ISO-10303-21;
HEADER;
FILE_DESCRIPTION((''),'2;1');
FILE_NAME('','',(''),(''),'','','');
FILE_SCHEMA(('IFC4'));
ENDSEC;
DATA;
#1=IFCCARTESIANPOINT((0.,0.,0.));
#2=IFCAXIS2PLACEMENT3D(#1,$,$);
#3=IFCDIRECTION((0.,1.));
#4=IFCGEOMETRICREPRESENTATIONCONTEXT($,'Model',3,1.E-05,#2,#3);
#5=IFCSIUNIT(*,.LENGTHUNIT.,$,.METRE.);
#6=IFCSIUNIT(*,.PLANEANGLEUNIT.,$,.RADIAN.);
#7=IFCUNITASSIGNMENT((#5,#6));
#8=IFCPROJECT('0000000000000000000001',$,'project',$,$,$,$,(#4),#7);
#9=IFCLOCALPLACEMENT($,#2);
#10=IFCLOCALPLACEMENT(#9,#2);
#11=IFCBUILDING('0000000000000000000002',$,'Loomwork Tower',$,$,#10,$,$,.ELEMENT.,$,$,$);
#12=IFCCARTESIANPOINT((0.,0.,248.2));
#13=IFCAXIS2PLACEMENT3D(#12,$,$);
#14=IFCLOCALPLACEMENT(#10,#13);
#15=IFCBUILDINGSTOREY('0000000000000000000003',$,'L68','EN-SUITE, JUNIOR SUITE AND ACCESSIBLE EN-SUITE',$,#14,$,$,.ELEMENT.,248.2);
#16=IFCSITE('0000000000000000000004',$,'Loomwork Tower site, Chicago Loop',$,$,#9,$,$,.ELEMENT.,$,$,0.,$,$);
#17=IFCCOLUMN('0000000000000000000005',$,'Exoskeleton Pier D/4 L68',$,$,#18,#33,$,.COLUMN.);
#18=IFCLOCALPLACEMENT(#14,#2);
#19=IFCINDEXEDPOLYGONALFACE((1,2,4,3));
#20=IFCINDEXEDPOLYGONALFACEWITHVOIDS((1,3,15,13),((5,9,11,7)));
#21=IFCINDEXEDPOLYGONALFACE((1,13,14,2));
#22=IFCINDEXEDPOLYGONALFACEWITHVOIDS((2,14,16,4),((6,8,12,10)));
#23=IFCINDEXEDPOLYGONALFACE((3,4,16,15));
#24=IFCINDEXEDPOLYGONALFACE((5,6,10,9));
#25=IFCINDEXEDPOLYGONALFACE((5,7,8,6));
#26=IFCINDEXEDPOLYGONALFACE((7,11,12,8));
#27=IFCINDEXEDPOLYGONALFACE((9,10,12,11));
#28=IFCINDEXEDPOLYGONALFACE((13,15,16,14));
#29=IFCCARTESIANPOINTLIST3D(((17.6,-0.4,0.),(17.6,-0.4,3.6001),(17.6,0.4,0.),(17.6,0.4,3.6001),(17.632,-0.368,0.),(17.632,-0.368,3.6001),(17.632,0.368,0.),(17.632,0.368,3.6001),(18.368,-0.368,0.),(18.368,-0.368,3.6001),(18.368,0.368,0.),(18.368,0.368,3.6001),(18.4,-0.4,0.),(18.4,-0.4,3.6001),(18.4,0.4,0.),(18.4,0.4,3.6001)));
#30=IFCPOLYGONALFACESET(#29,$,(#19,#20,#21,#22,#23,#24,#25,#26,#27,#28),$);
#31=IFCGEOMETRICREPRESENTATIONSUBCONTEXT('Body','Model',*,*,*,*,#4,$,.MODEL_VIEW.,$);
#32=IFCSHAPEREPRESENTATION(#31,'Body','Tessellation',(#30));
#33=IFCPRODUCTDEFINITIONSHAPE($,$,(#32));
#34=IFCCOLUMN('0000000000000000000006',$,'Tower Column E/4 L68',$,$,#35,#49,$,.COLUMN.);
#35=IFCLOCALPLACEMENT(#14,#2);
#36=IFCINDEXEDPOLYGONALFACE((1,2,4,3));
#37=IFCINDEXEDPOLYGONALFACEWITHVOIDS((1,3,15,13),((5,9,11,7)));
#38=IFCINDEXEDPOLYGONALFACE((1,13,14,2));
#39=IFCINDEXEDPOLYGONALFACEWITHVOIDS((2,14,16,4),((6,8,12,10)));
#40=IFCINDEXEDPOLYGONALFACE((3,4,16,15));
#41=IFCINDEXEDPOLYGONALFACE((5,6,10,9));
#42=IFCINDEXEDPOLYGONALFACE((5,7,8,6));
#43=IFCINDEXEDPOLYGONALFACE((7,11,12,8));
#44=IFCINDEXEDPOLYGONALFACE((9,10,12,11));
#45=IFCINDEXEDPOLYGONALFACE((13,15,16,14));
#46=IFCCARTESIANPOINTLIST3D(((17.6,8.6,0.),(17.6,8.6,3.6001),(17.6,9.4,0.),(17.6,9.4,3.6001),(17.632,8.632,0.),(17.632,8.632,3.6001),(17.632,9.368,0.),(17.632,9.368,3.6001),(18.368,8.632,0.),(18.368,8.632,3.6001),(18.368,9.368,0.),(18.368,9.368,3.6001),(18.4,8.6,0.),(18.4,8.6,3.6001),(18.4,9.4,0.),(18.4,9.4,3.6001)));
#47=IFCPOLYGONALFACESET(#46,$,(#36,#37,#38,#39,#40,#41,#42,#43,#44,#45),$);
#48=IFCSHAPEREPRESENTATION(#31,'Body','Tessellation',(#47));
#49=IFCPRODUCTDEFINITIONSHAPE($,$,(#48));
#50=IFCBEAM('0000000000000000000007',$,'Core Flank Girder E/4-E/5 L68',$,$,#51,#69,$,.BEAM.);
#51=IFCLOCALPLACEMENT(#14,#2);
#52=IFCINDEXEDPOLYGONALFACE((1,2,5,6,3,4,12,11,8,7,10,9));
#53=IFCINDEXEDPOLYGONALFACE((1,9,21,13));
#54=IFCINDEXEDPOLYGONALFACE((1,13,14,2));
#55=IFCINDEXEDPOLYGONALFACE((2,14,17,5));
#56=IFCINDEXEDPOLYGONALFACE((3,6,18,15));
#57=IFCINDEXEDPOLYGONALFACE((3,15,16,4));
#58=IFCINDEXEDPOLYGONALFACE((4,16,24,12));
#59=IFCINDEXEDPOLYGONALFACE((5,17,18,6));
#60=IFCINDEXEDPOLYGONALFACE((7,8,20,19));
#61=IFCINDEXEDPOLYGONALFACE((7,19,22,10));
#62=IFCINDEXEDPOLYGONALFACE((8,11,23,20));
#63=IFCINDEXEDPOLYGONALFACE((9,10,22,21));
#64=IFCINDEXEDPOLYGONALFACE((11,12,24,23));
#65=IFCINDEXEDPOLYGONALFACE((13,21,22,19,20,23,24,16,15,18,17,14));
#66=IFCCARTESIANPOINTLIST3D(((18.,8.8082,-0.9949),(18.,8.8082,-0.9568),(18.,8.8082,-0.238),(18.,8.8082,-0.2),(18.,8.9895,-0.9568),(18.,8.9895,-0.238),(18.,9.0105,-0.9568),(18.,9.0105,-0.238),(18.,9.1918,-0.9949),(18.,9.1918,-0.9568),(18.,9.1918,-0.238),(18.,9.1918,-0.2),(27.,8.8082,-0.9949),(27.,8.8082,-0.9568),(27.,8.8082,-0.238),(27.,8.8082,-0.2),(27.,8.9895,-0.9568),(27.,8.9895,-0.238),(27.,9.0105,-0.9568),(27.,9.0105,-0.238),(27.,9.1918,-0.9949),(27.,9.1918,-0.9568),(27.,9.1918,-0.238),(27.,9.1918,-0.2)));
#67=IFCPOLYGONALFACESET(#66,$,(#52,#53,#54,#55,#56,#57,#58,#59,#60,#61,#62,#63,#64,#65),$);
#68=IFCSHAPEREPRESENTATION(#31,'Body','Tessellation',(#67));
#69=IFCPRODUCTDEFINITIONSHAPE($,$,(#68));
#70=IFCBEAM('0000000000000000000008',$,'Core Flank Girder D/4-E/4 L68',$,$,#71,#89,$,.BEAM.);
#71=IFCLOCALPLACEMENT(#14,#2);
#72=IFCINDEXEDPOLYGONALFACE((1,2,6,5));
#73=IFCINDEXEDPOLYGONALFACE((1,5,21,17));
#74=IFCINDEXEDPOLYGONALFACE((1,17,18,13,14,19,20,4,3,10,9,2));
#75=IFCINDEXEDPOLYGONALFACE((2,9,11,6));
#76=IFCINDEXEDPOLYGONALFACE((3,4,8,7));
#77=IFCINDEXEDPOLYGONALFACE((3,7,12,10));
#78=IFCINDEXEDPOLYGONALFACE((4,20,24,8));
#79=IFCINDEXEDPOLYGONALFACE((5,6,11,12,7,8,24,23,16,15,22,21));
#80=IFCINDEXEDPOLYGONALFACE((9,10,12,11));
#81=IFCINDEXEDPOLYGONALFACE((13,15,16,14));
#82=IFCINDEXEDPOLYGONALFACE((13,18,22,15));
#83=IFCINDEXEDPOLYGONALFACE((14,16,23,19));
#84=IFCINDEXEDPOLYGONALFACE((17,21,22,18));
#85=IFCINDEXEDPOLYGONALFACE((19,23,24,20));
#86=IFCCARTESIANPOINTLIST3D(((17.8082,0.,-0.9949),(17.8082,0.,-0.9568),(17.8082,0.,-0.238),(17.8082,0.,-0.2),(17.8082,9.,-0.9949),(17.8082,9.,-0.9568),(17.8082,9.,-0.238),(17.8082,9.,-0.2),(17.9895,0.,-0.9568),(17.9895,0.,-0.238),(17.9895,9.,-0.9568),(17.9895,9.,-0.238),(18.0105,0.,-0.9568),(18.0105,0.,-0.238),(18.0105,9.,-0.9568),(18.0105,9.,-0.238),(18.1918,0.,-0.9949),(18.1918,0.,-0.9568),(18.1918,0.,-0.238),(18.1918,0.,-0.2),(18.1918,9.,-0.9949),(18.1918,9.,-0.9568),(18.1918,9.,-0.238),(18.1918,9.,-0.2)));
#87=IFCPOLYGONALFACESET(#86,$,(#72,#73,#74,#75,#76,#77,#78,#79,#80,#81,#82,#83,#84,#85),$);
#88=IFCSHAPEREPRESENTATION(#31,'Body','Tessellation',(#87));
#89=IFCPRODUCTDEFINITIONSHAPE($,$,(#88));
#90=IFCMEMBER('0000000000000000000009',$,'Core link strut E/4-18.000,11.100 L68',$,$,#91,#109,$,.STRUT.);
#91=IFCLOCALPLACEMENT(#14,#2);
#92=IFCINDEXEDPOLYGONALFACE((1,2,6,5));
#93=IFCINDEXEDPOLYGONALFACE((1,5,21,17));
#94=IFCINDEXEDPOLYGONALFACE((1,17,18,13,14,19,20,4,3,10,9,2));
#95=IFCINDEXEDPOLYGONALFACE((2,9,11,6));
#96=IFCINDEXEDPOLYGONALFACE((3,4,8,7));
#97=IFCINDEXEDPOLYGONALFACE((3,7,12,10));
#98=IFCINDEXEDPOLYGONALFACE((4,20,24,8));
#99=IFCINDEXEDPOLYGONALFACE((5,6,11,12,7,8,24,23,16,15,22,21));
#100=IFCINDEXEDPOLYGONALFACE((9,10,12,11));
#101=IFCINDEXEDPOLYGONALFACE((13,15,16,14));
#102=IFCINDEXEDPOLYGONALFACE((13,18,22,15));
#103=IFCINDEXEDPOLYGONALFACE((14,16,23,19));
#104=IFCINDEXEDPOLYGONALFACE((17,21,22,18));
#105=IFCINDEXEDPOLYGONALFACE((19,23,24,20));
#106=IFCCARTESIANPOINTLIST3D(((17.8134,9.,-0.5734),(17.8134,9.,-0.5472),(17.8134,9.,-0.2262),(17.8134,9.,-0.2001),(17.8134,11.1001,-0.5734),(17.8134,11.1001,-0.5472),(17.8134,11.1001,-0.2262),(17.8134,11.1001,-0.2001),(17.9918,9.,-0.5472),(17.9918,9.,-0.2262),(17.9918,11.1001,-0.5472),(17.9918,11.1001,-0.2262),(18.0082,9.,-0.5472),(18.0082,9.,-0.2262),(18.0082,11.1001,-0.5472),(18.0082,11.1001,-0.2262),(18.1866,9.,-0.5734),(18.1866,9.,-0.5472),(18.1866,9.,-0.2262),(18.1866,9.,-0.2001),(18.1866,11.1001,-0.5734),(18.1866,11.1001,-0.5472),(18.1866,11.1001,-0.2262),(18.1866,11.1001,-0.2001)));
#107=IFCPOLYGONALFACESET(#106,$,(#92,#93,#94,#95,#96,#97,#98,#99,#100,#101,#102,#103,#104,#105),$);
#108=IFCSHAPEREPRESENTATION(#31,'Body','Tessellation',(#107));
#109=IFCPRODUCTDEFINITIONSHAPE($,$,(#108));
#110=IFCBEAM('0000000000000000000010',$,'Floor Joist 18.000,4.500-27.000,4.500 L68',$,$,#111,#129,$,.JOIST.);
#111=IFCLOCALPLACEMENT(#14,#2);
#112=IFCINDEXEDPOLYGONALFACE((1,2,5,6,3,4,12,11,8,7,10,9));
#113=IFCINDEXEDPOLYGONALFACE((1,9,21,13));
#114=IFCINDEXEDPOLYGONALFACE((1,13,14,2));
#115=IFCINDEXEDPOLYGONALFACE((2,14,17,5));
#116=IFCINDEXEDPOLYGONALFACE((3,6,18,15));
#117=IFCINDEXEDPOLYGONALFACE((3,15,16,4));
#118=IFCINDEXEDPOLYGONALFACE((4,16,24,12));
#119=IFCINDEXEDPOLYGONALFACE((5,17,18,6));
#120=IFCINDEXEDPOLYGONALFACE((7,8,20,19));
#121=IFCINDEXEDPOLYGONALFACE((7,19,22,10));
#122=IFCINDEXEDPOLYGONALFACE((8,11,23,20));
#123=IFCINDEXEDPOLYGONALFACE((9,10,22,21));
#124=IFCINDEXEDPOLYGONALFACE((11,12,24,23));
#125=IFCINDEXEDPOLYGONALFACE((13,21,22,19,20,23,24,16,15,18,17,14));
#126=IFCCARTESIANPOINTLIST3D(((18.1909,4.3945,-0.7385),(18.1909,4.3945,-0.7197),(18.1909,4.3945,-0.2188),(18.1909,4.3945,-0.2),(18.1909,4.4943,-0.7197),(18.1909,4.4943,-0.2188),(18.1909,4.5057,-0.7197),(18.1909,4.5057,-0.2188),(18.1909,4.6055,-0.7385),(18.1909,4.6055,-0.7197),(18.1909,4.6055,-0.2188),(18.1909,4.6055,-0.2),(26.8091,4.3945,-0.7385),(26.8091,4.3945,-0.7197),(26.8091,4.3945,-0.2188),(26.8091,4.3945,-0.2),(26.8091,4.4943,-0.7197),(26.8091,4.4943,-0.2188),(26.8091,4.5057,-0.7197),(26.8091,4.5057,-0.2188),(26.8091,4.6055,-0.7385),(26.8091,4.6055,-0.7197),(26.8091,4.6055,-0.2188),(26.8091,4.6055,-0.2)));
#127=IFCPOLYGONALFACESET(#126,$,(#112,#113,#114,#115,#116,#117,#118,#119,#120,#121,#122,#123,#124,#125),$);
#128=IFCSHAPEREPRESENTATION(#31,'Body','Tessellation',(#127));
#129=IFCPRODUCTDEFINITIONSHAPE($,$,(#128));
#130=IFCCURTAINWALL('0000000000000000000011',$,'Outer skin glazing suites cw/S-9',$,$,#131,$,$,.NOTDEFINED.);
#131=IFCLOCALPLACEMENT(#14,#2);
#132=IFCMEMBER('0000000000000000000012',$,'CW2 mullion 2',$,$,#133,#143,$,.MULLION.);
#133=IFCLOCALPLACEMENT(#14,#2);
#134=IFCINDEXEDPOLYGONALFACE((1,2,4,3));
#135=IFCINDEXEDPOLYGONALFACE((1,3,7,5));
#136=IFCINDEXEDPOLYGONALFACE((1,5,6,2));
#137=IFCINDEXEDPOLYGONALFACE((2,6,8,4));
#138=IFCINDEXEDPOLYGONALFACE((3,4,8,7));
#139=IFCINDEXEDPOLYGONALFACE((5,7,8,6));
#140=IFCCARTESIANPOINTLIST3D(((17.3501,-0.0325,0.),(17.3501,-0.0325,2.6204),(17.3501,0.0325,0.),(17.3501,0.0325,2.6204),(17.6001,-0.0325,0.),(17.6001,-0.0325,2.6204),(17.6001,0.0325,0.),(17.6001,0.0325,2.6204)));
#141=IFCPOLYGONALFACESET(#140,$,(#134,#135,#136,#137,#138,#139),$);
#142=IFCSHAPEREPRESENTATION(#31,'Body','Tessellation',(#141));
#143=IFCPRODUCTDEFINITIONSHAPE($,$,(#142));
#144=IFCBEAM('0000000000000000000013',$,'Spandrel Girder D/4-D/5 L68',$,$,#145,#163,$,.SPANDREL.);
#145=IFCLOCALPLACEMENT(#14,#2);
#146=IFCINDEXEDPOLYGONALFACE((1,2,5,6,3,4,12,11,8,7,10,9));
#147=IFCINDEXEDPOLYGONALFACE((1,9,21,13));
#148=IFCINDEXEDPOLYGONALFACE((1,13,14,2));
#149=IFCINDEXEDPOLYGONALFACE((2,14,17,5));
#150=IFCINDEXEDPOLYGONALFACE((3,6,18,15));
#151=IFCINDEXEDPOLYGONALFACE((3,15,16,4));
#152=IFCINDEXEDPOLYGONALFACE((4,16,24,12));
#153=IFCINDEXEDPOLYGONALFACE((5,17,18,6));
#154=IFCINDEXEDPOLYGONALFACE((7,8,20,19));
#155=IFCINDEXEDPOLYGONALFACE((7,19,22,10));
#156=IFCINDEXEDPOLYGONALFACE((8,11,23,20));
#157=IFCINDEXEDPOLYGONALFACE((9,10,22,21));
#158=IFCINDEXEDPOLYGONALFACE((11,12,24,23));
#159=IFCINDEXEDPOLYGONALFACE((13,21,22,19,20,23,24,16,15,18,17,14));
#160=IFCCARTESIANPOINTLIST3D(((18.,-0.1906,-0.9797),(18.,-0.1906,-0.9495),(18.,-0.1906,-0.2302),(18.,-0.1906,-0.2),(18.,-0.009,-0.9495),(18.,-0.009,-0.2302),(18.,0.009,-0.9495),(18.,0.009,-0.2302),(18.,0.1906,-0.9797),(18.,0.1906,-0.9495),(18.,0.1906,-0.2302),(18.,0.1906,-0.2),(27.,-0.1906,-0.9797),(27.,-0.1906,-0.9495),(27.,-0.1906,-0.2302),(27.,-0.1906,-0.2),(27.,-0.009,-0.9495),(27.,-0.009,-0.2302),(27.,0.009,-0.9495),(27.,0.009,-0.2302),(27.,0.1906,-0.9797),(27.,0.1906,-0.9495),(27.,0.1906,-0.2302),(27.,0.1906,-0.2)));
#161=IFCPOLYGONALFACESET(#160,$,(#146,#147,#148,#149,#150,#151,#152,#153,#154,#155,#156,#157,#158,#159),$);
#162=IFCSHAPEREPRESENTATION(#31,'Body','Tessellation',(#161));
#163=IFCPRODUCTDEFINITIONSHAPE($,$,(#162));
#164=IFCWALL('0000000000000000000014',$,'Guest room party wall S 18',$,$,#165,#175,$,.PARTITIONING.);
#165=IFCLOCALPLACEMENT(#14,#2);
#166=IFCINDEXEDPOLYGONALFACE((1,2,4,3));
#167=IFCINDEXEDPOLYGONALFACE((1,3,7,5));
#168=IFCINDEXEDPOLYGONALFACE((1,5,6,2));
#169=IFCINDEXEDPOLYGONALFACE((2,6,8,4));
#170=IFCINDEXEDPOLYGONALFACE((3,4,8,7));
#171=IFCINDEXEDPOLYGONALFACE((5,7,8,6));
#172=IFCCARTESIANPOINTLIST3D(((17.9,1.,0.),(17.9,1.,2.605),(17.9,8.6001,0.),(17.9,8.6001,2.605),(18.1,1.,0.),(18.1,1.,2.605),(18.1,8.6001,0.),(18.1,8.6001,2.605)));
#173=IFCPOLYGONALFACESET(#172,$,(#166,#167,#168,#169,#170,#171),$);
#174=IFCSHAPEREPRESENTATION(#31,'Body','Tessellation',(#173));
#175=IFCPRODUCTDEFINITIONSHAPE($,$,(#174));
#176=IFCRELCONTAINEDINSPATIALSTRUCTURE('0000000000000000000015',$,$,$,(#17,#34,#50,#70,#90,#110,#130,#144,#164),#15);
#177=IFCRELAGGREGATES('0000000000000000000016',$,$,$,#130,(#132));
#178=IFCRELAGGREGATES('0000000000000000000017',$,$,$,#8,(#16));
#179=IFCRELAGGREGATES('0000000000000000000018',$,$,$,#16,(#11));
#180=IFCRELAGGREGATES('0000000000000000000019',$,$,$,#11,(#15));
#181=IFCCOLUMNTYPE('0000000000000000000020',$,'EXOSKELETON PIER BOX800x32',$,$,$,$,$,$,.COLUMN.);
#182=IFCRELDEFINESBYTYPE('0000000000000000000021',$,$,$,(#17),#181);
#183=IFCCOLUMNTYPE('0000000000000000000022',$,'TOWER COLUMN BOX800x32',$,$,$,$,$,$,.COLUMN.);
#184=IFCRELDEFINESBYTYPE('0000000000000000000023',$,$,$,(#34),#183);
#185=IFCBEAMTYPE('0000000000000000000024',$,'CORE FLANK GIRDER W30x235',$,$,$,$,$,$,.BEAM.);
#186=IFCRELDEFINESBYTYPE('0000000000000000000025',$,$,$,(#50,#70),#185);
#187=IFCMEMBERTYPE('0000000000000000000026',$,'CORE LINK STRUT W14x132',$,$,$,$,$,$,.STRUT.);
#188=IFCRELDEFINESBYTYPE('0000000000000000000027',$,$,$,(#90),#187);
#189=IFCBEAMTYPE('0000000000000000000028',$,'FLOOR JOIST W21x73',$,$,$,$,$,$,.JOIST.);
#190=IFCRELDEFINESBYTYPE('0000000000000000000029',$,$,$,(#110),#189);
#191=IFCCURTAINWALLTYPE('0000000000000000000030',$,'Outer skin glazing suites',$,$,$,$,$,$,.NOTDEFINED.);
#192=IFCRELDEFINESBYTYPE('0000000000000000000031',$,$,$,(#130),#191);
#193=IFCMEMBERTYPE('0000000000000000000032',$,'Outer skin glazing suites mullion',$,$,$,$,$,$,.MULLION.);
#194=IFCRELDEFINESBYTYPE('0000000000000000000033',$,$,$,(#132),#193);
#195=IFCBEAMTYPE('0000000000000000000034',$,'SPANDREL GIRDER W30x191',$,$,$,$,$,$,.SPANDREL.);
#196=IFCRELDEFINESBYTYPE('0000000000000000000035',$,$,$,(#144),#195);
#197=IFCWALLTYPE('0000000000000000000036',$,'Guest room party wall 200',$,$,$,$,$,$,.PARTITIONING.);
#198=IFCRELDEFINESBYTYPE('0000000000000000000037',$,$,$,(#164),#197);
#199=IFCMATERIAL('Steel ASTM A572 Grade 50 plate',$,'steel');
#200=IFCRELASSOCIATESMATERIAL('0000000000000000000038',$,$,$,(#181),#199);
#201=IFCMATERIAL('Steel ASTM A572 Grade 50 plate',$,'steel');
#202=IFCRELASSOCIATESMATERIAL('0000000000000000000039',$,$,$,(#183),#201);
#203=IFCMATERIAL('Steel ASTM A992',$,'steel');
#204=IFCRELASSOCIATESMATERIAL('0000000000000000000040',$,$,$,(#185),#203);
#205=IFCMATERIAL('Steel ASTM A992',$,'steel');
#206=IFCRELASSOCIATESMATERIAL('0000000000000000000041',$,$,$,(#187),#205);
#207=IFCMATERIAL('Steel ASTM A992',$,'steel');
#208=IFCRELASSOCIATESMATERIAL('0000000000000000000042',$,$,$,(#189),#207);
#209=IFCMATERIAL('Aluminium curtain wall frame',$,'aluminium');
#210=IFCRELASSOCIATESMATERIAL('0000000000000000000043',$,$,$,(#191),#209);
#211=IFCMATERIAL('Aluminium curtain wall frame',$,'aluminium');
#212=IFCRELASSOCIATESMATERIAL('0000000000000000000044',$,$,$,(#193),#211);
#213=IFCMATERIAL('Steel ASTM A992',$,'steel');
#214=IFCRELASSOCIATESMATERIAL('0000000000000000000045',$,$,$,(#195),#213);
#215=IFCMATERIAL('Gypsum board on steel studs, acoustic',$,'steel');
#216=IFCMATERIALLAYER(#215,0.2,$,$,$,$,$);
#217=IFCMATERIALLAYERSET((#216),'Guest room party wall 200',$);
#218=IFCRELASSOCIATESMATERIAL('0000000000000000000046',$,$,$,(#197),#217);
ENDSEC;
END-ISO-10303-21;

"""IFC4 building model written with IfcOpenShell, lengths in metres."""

from ifc_helpers import new_model, si_unit, direction, frame, frame_2d, origin, origin_2d, place, context, subcontext, project, spatial, rectangle, hollow_rectangle, i_section, extrude, material, layer, layer_set, material_profile, profile_set, type_object, element, aggregate, save


model = new_model("IFC4")

# Units and contexts
model_context = context("Model", 3, precision=1e-05, world=origin(), true_north=direction((0.0, 1.0)))
body_context = subcontext(model_context, "Body", "Model", "MODEL_VIEW")
ifc_project = project(units=[si_unit("LENGTHUNIT", "METRE"), si_unit("PLANEANGLEUNIT", "RADIAN")], contexts=[model_context])

# Site, building, storey
site_placement = place(None, origin())
site = spatial("IfcSite", under=ifc_project, at=site_placement, Name="Loomwork Tower site, Chicago Loop", CompositionType="ELEMENT", RefElevation=0.0)
building_placement = place(site_placement, origin())
building = spatial("IfcBuilding", under=site, at=building_placement, Name="Loomwork Tower", CompositionType="ELEMENT")
storey_placement = place(building_placement, frame((0.0, 0.0, 248.2)))
storey = spatial("IfcBuildingStorey", under=building, at=storey_placement, Name="L68", Description="EN-SUITE, JUNIOR SUITE AND ACCESSIBLE EN-SUITE", CompositionType="ELEMENT", Elevation=248.2)

# Columns
ifc_material_1 = material(Name="Steel ASTM A572 Grade 50 plate", Category="steel")
ifc_material_profile_1 = material_profile(ifc_material_1, hollow_rectangle(XDim=0.8, YDim=0.8, WallThickness=0.032, at=origin_2d()), Name="BOX800x32")
ifc_profile_set_1 = profile_set([ifc_material_profile_1], Name="Steel ASTM A572 Grade 50 plate")
column_type_1 = type_object("IfcColumnType", Name="EXOSKELETON PIER BOX800x32", PredefinedType="COLUMN", material=ifc_profile_set_1)
column_1_placement = place(storey_placement, frame((18.0, 0.0, 0.0), z_axis=(0.0, 0.0, 1.0), x_axis=(1.0, 0.0, 0.0)))
element("IfcColumn", 1, at=column_1_placement, inside=storey, type_object=column_type_1, Name="Exoskeleton Pier D/4 L68", PredefinedType="COLUMN", context=body_context, shape_type="SweptSolid", body=[
    extrude(hollow_rectangle(XDim=0.8, YDim=0.8, WallThickness=0.032, at=origin_2d()), origin(), (0.0, 0.0, 1.0), 3.6001),
])
ifc_material_2 = material(Name="Steel ASTM A572 Grade 50 plate", Category="steel")
ifc_material_profile_2 = material_profile(ifc_material_2, hollow_rectangle(XDim=0.8, YDim=0.8, WallThickness=0.032, at=origin_2d()), Name="BOX800x32")
ifc_profile_set_2 = profile_set([ifc_material_profile_2], Name="Steel ASTM A572 Grade 50 plate")
column_type_2 = type_object("IfcColumnType", Name="TOWER COLUMN BOX800x32", PredefinedType="COLUMN", material=ifc_profile_set_2)
column_2_placement = place(storey_placement, frame((18.0, 9.0, 0.0), z_axis=(0.0, 0.0, 1.0), x_axis=(1.0, 0.0, 0.0)))
element("IfcColumn", 2, at=column_2_placement, inside=storey, type_object=column_type_2, Name="Tower Column E/4 L68", PredefinedType="COLUMN", context=body_context, shape_type="SweptSolid", body=[
    extrude(hollow_rectangle(XDim=0.8, YDim=0.8, WallThickness=0.032, at=origin_2d()), origin(), (0.0, 0.0, 1.0), 3.6001),
])

# Beams
ifc_material_3 = material(Name="Steel ASTM A992", Category="steel")
ifc_material_profile_3 = material_profile(ifc_material_3, i_section(OverallWidth=0.3835, OverallDepth=0.7949, WebThickness=0.021, FlangeThickness=0.0381, at=origin_2d()), Name="W30x235")
ifc_profile_set_3 = profile_set([ifc_material_profile_3], Name="Steel ASTM A992")
beam_type_1 = type_object("IfcBeamType", Name="CORE FLANK GIRDER W30x235", PredefinedType="BEAM", material=ifc_profile_set_3)
for number, where, z_axis, x_axis, name in (
    (3, (18.0, 9.0, -0.5974), (1.0, 0.0, 0.0), (0.0, 1.0, 0.0), "Core Flank Girder E/4-E/5 L68"),
    (4, (18.0, 0.0, -0.5974), (0.0, 1.0, 0.0), (-1.0, 0.0, 0.0), "Core Flank Girder D/4-E/4 L68"),
):
    element("IfcBeam", number, at=place(storey_placement, frame(where, z_axis=z_axis, x_axis=x_axis)), inside=storey, type_object=beam_type_1, Name=name, PredefinedType="BEAM", context=body_context, shape_type="SweptSolid", body=[
        extrude(i_section(OverallWidth=0.3835, OverallDepth=0.7949, WebThickness=0.021, FlangeThickness=0.0381, at=origin_2d()), origin(), (0.0, 0.0, 1.0), 9.0),
    ])

# Member
ifc_material_4 = material(Name="Steel ASTM A992", Category="steel")
ifc_material_profile_4 = material_profile(ifc_material_4, i_section(OverallWidth=0.3733, OverallDepth=0.3733, WebThickness=0.0164, FlangeThickness=0.0261, at=origin_2d()), Name="W14x132")
ifc_profile_set_4 = profile_set([ifc_material_profile_4], Name="Steel ASTM A992")
member_type_1 = type_object("IfcMemberType", Name="CORE LINK STRUT W14x132", PredefinedType="STRUT", material=ifc_profile_set_4)
member_1_placement = place(storey_placement, frame((18.0, 9.0, -0.3867), z_axis=(0.0, 1.0, 0.0), x_axis=(-1.0, 0.0, 0.0)))
element("IfcMember", 5, at=member_1_placement, inside=storey, type_object=member_type_1, Name="Core link strut E/4-18.000,11.100 L68", PredefinedType="STRUT", context=body_context, shape_type="SweptSolid", body=[
    extrude(i_section(OverallWidth=0.3733, OverallDepth=0.3733, WebThickness=0.0164, FlangeThickness=0.0261, at=origin_2d()), origin(), (0.0, 0.0, 1.0), 2.1001),
])

# Beam
ifc_material_5 = material(Name="Steel ASTM A992", Category="steel")
ifc_material_profile_5 = material_profile(ifc_material_5, i_section(OverallWidth=0.2109, OverallDepth=0.5386, WebThickness=0.0115, FlangeThickness=0.0188, at=origin_2d()), Name="W21x73")
ifc_profile_set_5 = profile_set([ifc_material_profile_5], Name="Steel ASTM A992")
beam_type_2 = type_object("IfcBeamType", Name="FLOOR JOIST W21x73", PredefinedType="JOIST", material=ifc_profile_set_5)
beam_1_placement = place(storey_placement, frame((18.1909, 4.5, -0.4692), z_axis=(1.0, 0.0, 0.0), x_axis=(0.0, 1.0, 0.0)))
element("IfcBeam", 6, at=beam_1_placement, inside=storey, type_object=beam_type_2, Name="Floor Joist 18.000,4.500-27.000,4.500 L68", PredefinedType="JOIST", context=body_context, shape_type="SweptSolid", body=[
    extrude(i_section(OverallWidth=0.2109, OverallDepth=0.5386, WebThickness=0.0115, FlangeThickness=0.0188, at=origin_2d()), origin(), (0.0, 0.0, 1.0), 8.6182),
])

# Curtain wall, member
ifc_material_6 = material(Name="Aluminium curtain wall frame", Category="aluminium")
curtain_wall_type = type_object("IfcCurtainWallType", Name="Outer skin glazing suites", PredefinedType="NOTDEFINED", material=ifc_material_6)
curtain_wall_placement = place(storey_placement, origin())
curtain_wall = element("IfcCurtainWall", 7, at=curtain_wall_placement, inside=storey, type_object=curtain_wall_type, Name="Outer skin glazing suites cw/S-9", PredefinedType="NOTDEFINED")
ifc_material_7 = material(Name="Aluminium curtain wall frame", Category="aluminium")
ifc_material_profile_6 = material_profile(ifc_material_7, rectangle(XDim=0.0649, YDim=0.25, at=origin_2d()), Name="AL 65x250")
ifc_profile_set_6 = profile_set([ifc_material_profile_6], Name="Aluminium curtain wall frame")
member_type_2 = type_object("IfcMemberType", Name="Outer skin glazing suites mullion", PredefinedType="MULLION", material=ifc_profile_set_6)
member_2_placement = place(storey_placement, frame((17.4751, 0.0, 0.0), z_axis=(0.0, 0.0, 1.0), x_axis=(0.0, 1.0, 0.0)))
member_2 = element("IfcMember", 8, at=member_2_placement, type_object=member_type_2, Name="CW2 mullion 2", PredefinedType="MULLION", context=body_context, shape_type="SweptSolid", body=[
    extrude(rectangle(XDim=0.0649, YDim=0.25, at=origin_2d()), origin(), (0.0, 0.0, 1.0), 2.6204),
])
aggregate(curtain_wall, [member_2])

# Beam
ifc_material_8 = material(Name="Steel ASTM A992", Category="steel")
ifc_material_profile_7 = material_profile(ifc_material_8, i_section(OverallWidth=0.3811, OverallDepth=0.7798, WebThickness=0.0181, FlangeThickness=0.0303, at=origin_2d()), Name="W30x191")
ifc_profile_set_7 = profile_set([ifc_material_profile_7], Name="Steel ASTM A992")
beam_type_3 = type_object("IfcBeamType", Name="SPANDREL GIRDER W30x191", PredefinedType="SPANDREL", material=ifc_profile_set_7)
beam_2_placement = place(storey_placement, frame((18.0, 0.0, -0.5898), z_axis=(1.0, 0.0, 0.0), x_axis=(0.0, 1.0, 0.0)))
element("IfcBeam", 9, at=beam_2_placement, inside=storey, type_object=beam_type_3, Name="Spandrel Girder D/4-D/5 L68", PredefinedType="SPANDREL", context=body_context, shape_type="SweptSolid", body=[
    extrude(i_section(OverallWidth=0.3811, OverallDepth=0.7798, WebThickness=0.0181, FlangeThickness=0.0303, at=origin_2d()), origin(), (0.0, 0.0, 1.0), 9.0),
])

# Wall
ifc_material_9 = material(Name="Gypsum board on steel studs, acoustic", Category="steel")
ifc_layer_1 = layer(ifc_material_9, 0.2)
ifc_layer_set_1 = layer_set([ifc_layer_1], Name="Guest room party wall 200")
wall_type_1 = type_object("IfcWallType", Name="Guest room party wall 200", PredefinedType="PARTITIONING", material=ifc_layer_set_1)
wall_1_placement = place(storey_placement, frame((18.0, 8.6001, 0.0), z_axis=(0.0, 0.0, 1.0), x_axis=(0.0, -1.0, 0.0)))
element("IfcWall", 10, at=wall_1_placement, inside=storey, type_object=wall_type_1, Name="Guest room party wall S 18", PredefinedType="PARTITIONING", context=body_context, shape_type="SweptSolid", body=[
    extrude(rectangle(XDim=7.6001, YDim=0.2, at=frame_2d((3.8, 0.0))), origin(), (0.0, 0.0, 1.0), 2.605),
])

save(model, "model.ifc")
